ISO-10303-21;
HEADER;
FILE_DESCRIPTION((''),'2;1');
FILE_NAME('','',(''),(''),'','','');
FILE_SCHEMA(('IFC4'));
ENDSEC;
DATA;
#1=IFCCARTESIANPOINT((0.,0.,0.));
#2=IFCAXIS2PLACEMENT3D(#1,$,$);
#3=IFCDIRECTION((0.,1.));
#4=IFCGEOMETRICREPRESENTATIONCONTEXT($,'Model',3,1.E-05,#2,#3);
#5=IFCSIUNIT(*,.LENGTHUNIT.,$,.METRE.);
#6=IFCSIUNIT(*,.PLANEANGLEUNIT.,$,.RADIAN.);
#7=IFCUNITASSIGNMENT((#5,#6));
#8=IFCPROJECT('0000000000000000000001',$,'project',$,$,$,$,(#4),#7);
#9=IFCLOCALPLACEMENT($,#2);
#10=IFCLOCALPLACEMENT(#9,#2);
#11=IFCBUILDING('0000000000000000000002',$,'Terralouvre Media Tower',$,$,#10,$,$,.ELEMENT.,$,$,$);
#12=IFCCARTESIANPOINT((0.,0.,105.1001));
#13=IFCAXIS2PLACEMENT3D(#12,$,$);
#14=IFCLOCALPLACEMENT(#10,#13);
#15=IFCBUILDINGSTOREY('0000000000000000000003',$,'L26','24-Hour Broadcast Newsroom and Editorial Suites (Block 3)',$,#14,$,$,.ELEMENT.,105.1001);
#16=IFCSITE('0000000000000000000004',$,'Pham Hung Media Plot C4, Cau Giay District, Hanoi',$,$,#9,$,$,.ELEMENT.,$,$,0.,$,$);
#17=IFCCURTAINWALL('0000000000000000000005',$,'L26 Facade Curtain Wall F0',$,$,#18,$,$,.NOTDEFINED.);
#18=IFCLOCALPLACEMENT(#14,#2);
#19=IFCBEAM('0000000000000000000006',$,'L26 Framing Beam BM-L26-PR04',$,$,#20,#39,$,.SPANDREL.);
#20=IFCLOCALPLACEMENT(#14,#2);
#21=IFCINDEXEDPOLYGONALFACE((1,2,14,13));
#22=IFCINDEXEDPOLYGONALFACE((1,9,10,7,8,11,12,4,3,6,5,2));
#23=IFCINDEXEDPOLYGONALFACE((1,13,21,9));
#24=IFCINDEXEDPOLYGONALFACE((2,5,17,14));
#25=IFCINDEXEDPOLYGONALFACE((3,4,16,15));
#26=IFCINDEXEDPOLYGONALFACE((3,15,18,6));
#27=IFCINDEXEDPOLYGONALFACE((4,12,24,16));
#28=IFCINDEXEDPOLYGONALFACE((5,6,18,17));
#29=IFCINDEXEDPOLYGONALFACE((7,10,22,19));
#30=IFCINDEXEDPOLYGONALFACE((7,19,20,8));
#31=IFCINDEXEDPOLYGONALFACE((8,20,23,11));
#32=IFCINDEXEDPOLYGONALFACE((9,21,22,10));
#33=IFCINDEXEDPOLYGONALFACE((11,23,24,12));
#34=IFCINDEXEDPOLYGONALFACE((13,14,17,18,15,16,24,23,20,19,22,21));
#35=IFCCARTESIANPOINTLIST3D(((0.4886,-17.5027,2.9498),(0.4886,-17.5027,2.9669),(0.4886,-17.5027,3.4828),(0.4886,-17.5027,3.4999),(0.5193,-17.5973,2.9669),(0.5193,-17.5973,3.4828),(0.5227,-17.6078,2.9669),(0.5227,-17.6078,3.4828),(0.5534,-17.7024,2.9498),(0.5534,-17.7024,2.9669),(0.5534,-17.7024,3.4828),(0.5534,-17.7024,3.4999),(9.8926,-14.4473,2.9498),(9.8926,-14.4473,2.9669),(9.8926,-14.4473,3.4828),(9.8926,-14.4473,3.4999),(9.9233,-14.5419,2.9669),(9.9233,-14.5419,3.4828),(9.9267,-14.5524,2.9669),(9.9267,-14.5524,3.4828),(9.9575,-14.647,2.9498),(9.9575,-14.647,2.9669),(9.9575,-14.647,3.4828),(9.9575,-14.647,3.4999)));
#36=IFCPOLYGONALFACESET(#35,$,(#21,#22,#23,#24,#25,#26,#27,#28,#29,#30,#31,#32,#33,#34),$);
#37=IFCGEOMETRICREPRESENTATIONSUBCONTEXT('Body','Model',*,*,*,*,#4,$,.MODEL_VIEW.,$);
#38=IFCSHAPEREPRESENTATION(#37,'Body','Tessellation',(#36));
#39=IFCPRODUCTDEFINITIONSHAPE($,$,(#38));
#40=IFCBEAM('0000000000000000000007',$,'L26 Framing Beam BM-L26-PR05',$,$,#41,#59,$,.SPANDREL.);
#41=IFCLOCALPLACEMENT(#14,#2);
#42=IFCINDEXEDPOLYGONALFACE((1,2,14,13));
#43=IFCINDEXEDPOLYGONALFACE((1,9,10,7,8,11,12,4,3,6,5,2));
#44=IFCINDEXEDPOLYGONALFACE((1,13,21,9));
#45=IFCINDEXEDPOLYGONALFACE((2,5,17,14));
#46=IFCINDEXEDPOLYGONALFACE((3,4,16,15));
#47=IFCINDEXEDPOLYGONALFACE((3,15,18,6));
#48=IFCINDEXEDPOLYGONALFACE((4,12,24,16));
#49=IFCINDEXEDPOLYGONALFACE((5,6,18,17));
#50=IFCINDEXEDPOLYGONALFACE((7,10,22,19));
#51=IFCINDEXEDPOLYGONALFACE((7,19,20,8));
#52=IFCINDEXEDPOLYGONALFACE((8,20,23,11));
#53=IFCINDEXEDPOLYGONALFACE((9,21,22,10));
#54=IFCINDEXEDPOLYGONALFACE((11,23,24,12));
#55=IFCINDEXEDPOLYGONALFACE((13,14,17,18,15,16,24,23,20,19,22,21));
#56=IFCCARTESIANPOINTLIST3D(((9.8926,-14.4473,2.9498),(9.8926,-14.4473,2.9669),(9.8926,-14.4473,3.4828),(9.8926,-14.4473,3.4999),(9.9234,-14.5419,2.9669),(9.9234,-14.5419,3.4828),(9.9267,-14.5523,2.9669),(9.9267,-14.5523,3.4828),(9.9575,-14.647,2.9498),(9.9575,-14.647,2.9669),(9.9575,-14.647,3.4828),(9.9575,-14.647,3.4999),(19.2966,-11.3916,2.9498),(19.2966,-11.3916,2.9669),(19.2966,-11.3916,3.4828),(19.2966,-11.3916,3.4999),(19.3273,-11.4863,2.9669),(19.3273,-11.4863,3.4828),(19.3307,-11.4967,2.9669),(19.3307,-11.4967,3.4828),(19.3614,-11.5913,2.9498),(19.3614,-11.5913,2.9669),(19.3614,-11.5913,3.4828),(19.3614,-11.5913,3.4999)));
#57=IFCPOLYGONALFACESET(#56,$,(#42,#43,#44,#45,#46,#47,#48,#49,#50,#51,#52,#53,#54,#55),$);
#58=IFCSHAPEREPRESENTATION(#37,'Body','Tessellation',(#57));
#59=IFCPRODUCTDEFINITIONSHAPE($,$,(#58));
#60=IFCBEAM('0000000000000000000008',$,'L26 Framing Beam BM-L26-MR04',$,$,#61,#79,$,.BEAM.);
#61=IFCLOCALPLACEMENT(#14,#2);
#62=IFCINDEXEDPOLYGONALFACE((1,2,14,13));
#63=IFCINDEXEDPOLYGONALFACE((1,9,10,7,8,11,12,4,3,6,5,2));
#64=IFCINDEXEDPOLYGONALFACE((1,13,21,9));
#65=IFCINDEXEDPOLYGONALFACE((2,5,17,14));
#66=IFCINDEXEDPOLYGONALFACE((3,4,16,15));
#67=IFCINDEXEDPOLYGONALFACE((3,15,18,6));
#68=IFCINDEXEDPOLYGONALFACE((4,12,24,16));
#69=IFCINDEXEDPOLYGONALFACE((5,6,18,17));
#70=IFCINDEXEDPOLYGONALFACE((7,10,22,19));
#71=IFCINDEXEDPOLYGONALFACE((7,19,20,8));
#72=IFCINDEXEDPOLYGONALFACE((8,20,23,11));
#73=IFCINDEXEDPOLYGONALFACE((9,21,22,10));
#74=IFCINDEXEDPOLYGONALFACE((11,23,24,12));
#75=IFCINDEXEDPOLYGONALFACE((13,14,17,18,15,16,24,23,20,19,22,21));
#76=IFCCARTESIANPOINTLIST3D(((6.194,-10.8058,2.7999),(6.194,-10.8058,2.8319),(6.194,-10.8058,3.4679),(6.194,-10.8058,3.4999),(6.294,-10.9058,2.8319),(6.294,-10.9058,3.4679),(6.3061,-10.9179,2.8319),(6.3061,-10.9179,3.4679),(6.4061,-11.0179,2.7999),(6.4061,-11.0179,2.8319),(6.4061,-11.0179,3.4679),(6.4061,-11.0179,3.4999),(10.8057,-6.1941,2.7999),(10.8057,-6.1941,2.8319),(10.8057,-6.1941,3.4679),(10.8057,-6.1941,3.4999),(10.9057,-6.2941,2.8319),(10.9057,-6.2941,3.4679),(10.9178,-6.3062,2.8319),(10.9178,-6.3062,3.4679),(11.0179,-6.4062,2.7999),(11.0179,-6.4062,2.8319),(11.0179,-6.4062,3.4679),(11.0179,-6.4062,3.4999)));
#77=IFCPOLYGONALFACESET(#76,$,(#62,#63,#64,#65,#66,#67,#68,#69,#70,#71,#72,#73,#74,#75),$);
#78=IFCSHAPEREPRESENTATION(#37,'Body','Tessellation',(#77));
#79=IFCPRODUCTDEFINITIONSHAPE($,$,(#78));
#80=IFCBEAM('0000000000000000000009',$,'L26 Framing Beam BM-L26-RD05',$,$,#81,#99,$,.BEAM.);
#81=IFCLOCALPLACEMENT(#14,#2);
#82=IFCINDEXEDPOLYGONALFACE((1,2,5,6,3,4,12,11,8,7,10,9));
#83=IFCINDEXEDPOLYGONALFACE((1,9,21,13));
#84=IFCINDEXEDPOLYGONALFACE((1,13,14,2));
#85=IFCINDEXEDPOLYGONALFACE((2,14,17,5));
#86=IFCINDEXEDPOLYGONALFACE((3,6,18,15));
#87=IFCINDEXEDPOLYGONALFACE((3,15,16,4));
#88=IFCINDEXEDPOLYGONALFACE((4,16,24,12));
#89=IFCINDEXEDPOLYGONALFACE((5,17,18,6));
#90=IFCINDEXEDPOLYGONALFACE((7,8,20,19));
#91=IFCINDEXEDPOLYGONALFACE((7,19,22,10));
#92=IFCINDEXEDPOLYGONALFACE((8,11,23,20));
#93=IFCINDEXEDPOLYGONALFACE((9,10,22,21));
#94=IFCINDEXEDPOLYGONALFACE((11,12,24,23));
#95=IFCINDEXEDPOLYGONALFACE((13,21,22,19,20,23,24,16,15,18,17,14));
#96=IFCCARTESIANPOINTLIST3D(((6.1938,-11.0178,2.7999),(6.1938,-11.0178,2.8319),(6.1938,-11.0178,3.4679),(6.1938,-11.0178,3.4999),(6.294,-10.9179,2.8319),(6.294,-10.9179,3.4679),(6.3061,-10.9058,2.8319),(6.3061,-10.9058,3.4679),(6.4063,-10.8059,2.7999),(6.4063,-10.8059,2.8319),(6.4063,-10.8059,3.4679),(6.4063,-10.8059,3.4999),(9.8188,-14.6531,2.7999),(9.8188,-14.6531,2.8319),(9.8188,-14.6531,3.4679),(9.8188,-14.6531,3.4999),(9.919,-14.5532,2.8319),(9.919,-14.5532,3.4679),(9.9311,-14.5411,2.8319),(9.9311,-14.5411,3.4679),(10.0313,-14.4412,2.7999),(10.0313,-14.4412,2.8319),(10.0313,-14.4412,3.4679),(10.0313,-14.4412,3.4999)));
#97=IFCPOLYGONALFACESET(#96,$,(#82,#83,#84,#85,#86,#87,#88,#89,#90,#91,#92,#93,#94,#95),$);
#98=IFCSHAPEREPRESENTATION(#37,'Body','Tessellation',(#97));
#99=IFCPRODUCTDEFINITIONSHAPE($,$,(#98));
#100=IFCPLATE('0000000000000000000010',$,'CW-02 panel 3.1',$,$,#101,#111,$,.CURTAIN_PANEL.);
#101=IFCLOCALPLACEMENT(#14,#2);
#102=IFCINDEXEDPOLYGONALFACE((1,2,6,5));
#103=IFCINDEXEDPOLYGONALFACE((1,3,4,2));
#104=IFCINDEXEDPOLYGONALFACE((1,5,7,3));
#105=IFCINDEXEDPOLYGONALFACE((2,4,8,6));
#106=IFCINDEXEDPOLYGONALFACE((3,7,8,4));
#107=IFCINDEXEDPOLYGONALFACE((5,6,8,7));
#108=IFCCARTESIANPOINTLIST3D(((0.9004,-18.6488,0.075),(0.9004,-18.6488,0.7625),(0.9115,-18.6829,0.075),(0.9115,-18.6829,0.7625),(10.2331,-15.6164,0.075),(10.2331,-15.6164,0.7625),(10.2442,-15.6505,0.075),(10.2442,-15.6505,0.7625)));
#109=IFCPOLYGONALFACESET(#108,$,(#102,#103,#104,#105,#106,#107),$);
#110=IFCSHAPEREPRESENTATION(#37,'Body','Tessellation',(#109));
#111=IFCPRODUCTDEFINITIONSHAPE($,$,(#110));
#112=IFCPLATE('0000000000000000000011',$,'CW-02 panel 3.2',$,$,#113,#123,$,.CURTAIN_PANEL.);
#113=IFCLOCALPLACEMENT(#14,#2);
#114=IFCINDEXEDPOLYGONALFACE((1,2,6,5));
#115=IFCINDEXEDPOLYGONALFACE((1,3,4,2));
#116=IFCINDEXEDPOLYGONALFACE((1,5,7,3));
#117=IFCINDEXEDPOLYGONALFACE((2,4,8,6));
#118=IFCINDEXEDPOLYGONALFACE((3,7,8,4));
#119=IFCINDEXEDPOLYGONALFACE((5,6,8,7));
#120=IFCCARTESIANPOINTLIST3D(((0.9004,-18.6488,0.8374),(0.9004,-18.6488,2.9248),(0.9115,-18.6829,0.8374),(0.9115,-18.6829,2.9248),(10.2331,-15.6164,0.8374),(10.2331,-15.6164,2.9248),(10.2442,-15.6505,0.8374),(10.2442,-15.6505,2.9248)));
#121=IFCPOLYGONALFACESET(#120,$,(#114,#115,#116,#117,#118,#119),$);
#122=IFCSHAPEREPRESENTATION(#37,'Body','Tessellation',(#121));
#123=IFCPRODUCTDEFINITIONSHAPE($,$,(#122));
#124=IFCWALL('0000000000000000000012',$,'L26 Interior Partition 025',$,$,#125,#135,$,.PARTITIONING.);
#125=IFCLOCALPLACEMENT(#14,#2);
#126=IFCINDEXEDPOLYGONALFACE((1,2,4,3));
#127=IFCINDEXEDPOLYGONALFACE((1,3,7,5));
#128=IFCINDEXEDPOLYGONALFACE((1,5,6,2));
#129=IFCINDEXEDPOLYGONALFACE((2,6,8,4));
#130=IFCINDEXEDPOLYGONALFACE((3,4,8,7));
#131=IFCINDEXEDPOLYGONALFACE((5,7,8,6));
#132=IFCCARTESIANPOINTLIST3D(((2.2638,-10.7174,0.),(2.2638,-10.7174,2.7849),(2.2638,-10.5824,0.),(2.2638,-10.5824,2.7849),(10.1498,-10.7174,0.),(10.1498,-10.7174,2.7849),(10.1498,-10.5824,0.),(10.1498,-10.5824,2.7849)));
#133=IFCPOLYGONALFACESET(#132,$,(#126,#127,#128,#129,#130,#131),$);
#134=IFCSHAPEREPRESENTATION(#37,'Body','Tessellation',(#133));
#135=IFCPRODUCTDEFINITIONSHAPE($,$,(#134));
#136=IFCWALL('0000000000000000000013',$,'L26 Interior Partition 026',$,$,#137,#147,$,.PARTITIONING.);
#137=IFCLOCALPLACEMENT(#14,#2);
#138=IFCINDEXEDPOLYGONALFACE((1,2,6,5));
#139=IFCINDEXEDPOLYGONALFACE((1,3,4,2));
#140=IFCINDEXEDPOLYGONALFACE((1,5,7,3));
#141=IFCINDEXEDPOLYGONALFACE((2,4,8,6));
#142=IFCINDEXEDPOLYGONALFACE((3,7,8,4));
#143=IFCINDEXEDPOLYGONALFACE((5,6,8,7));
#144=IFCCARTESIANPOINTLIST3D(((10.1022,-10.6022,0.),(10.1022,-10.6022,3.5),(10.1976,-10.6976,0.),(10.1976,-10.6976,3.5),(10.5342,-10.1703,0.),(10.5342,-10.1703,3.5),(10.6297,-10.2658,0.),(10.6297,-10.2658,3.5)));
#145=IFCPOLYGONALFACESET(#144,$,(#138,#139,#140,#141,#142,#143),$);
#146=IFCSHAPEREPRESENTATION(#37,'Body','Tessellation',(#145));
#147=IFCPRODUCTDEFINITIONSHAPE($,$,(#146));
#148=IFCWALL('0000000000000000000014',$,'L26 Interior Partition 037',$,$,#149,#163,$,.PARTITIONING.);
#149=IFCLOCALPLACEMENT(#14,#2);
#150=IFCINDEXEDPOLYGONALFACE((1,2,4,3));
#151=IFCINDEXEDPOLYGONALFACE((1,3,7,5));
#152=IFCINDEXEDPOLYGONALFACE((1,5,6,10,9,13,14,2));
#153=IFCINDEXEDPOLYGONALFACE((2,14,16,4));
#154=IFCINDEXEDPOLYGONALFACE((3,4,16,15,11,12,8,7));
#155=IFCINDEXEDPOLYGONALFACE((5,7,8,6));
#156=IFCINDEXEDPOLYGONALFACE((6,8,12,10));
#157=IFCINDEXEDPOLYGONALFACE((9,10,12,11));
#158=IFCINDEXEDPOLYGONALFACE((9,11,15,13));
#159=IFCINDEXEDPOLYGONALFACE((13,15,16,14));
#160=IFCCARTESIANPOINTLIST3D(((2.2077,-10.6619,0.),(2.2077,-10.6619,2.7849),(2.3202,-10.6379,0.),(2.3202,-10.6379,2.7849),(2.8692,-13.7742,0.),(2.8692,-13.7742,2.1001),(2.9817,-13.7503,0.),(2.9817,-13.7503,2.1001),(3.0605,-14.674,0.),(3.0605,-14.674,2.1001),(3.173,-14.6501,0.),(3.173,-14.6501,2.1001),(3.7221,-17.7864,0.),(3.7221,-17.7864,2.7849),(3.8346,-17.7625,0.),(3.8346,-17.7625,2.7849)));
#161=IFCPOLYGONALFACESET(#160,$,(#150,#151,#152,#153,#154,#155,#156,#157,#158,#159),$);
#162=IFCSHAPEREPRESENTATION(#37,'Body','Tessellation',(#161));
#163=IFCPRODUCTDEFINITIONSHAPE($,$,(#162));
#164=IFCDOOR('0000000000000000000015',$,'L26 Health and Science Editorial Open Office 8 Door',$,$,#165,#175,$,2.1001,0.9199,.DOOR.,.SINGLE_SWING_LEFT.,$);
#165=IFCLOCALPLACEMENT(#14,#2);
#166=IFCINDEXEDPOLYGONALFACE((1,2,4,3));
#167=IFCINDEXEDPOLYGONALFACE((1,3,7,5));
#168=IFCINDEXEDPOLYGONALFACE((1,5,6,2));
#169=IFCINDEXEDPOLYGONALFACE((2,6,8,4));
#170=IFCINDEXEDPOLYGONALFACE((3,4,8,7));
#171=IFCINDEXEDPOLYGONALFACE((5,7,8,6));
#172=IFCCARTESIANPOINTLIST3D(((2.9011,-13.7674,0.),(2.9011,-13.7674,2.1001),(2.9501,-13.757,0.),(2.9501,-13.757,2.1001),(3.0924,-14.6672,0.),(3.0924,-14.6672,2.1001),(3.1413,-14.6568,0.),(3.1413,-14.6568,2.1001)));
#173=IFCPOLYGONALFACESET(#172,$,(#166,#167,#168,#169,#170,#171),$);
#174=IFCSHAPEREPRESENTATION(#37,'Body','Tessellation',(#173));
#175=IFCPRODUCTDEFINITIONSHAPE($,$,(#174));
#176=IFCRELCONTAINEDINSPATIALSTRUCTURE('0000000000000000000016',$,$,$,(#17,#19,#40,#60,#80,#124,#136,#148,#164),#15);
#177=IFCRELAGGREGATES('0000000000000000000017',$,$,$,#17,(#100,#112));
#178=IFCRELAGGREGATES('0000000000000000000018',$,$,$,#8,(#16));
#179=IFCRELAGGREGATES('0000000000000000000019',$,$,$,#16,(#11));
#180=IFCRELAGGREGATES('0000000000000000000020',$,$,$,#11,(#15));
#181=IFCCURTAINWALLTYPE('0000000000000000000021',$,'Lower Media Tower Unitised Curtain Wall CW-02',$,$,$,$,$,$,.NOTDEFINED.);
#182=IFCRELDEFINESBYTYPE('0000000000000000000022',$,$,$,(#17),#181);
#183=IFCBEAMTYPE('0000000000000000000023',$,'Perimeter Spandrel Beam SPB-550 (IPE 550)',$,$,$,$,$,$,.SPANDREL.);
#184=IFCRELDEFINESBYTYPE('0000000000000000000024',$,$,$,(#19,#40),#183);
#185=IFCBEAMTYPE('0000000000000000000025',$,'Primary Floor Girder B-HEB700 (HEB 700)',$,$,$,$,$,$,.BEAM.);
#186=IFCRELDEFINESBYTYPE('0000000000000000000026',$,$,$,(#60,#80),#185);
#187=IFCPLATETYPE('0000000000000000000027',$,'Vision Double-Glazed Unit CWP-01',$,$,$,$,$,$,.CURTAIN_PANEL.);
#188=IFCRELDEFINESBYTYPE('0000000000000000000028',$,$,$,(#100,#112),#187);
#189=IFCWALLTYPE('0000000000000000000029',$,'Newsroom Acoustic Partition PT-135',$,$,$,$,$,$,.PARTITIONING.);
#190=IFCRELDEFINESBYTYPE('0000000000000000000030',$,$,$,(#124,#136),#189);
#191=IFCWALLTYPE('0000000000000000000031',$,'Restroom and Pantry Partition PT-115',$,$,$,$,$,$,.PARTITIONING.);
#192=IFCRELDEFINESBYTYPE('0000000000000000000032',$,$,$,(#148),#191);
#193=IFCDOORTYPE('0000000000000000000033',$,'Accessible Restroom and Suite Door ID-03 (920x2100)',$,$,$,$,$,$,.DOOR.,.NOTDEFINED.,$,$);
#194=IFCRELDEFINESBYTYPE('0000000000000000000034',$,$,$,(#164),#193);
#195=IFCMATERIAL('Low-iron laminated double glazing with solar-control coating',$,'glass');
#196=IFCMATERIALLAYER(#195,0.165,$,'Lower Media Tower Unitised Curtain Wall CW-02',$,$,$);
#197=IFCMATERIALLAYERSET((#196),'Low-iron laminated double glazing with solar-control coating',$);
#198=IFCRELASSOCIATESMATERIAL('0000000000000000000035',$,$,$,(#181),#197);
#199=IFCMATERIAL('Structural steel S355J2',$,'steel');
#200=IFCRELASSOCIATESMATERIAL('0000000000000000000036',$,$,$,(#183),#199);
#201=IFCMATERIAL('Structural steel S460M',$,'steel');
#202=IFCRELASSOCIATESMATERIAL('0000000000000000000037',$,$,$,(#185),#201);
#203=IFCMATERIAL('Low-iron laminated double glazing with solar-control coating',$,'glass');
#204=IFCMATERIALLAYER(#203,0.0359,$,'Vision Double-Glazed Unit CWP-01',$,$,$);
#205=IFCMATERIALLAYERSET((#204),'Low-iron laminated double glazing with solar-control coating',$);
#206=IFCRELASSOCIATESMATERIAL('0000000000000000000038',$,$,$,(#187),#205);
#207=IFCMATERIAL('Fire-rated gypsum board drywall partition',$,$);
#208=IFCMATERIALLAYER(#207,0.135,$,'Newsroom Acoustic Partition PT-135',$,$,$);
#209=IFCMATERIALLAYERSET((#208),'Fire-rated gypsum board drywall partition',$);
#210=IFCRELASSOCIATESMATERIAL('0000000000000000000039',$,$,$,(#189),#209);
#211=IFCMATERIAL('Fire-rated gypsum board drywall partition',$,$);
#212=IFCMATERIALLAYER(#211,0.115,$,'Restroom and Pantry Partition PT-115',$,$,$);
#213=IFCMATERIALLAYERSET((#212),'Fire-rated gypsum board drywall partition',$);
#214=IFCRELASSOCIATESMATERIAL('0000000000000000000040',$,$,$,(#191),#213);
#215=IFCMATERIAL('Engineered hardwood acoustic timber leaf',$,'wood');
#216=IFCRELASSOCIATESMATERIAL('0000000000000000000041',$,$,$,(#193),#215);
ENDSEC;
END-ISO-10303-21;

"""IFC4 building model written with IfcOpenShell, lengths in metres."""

from ifc_helpers import new_model, si_unit, direction, frame, frame_2d, origin, origin_2d, place, context, subcontext, project, spatial, rectangle, i_section, extrude, material, layer, layer_set, material_profile, profile_set, type_object, element, fill, aggregate, save


model = new_model("IFC4")

# Units and contexts
model_context = context("Model", 3, precision=1e-05, world=origin(), true_north=direction((0.0, 1.0)))
body_context = subcontext(model_context, "Body", "Model", "MODEL_VIEW")
ifc_project = project(units=[si_unit("LENGTHUNIT", "METRE"), si_unit("PLANEANGLEUNIT", "RADIAN")], contexts=[model_context])

# Site, building, storey
site_placement = place(None, origin())
site = spatial("IfcSite", under=ifc_project, at=site_placement, Name="Pham Hung Media Plot C4, Cau Giay District, Hanoi", CompositionType="ELEMENT", RefElevation=0.0)
building_placement = place(site_placement, origin())
building = spatial("IfcBuilding", under=site, at=building_placement, Name="Terralouvre Media Tower", CompositionType="ELEMENT")
storey_placement = place(building_placement, frame((0.0, 0.0, 105.1001)))
storey = spatial("IfcBuildingStorey", under=building, at=storey_placement, Name="L26", Description="24-Hour Broadcast Newsroom and Editorial Suites (Block 3)", CompositionType="ELEMENT", Elevation=105.1001)

# Curtain wall
ifc_material_1 = material(Name="Low-iron laminated double glazing with solar-control coating", Category="glass")
ifc_layer_1 = layer(ifc_material_1, 0.165, Name="Lower Media Tower Unitised Curtain Wall CW-02")
ifc_layer_set_1 = layer_set([ifc_layer_1], Name="Low-iron laminated double glazing with solar-control coating")
curtain_wall_type = type_object("IfcCurtainWallType", Name="Lower Media Tower Unitised Curtain Wall CW-02", PredefinedType="NOTDEFINED", material=ifc_layer_set_1)
curtain_wall_placement = place(storey_placement, origin())
curtain_wall = element("IfcCurtainWall", 1, at=curtain_wall_placement, inside=storey, type_object=curtain_wall_type, Name="L26 Facade Curtain Wall F0", PredefinedType="NOTDEFINED")

# Beams
ifc_material_2 = material(Name="Structural steel S355J2", Category="steel")
ifc_material_profile_1 = material_profile(ifc_material_2, i_section(OverallWidth=0.21, OverallDepth=0.55, WebThickness=0.011, FlangeThickness=0.0171, at=origin_2d()), Name="IPE 550")
ifc_profile_set_1 = profile_set([ifc_material_profile_1], Name="Structural steel S355J2")
beam_type_1 = type_object("IfcBeamType", Name="Perimeter Spandrel Beam SPB-550 (IPE 550)", PredefinedType="SPANDREL", material=ifc_profile_set_1)
for number, where, z_axis, x_axis, name in (
    (2, (0.521, -17.6025, 3.2249), (0.951061, 0.309004, 0.0), (-0.309004, 0.951061, 0.0), "L26 Framing Beam BM-L26-PR04"),
    (3, (9.925, -14.5471, 3.2249), (0.951053, 0.309026, 0.0), (-0.309026, 0.951053, 0.0), "L26 Framing Beam BM-L26-PR05"),
):
    element("IfcBeam", number, at=place(storey_placement, frame(where, z_axis=z_axis, x_axis=x_axis)), inside=storey, type_object=beam_type_1, Name=name, PredefinedType="SPANDREL", context=body_context, shape_type="SweptSolid", body=[
        extrude(i_section(OverallWidth=0.21, OverallDepth=0.55, WebThickness=0.011, FlangeThickness=0.0171, at=origin_2d()), origin(), (0.0, 0.0, 1.0), 9.8879),
    ])
ifc_material_3 = material(Name="Structural steel S460M", Category="steel")
ifc_material_profile_2 = material_profile(ifc_material_3, i_section(OverallWidth=0.3, OverallDepth=0.7, WebThickness=0.0171, FlangeThickness=0.032, at=origin_2d()), Name="HEB 700")
ifc_profile_set_2 = profile_set([ifc_material_profile_2], Name="Structural steel S460M")
beam_type_2 = type_object("IfcBeamType", Name="Primary Floor Girder B-HEB700 (HEB 700)", PredefinedType="BEAM", material=ifc_profile_set_2)
beam_1_placement = place(storey_placement, frame((6.3, -10.9119, 3.1499), z_axis=(0.707107, 0.707107, 0.0), x_axis=(-0.707107, 0.707107, 0.0)))
element("IfcBeam", 4, at=beam_1_placement, inside=storey, type_object=beam_type_2, Name="L26 Framing Beam BM-L26-MR04", PredefinedType="BEAM", context=body_context, shape_type="SweptSolid", body=[
    extrude(i_section(OverallWidth=0.3, OverallDepth=0.7, WebThickness=0.0171, FlangeThickness=0.032, at=origin_2d()), origin(), (0.0, 0.0, 1.0), 6.522),
])
beam_2_placement = place(storey_placement, frame((6.3, -10.9119, 3.1499), z_axis=(0.706107, -0.708105, 0.0), x_axis=(0.708105, 0.706107, 0.0)))
element("IfcBeam", 5, at=beam_2_placement, inside=storey, type_object=beam_type_2, Name="L26 Framing Beam BM-L26-RD05", PredefinedType="BEAM", context=body_context, shape_type="SweptSolid", body=[
    extrude(i_section(OverallWidth=0.3, OverallDepth=0.7, WebThickness=0.0171, FlangeThickness=0.032, at=origin_2d()), origin(), (0.0, 0.0, 1.0), 5.1338),
])

# Plates
ifc_material_4 = material(Name="Low-iron laminated double glazing with solar-control coating", Category="glass")
ifc_layer_2 = layer(ifc_material_4, 0.0359, Name="Vision Double-Glazed Unit CWP-01")
ifc_layer_set_2 = layer_set([ifc_layer_2], Name="Low-iron laminated double glazing with solar-control coating")
plate_type = type_object("IfcPlateType", Name="Vision Double-Glazed Unit CWP-01", PredefinedType="CURTAIN_PANEL", material=ifc_layer_set_2)
plate_1_placement = place(storey_placement, frame((5.5723, -17.1497, 0.075), z_axis=(0.0, 0.0, 1.0), x_axis=(0.951057, 0.309017, 0.0)))
plate_1 = element("IfcPlate", 6, at=plate_1_placement, type_object=plate_type, Name="CW-02 panel 3.1", PredefinedType="CURTAIN_PANEL", context=body_context, shape_type="SweptSolid", body=[
    extrude(rectangle(XDim=9.813, YDim=0.0359, at=origin_2d()), origin(), (0.0, 0.0, 1.0), 0.6875),
])
plate_2_placement = place(storey_placement, frame((5.5723, -17.1497, 0.8374), z_axis=(0.0, 0.0, 1.0), x_axis=(0.951057, 0.309017, 0.0)))
plate_2 = element("IfcPlate", 7, at=plate_2_placement, type_object=plate_type, Name="CW-02 panel 3.2", PredefinedType="CURTAIN_PANEL", context=body_context, shape_type="SweptSolid", body=[
    extrude(rectangle(XDim=9.813, YDim=0.0359, at=origin_2d()), origin(), (0.0, 0.0, 1.0), 2.0874),
])
aggregate(curtain_wall, [plate_1, plate_2])

# Walls
ifc_material_5 = material(Name="Fire-rated gypsum board drywall partition")
ifc_layer_3 = layer(ifc_material_5, 0.135, Name="Newsroom Acoustic Partition PT-135")
ifc_layer_set_3 = layer_set([ifc_layer_3], Name="Fire-rated gypsum board drywall partition")
wall_type_1 = type_object("IfcWallType", Name="Newsroom Acoustic Partition PT-135", PredefinedType="PARTITIONING", material=ifc_layer_set_3)
wall_1_placement = place(storey_placement, frame((2.2639, -10.6499, 0.0), z_axis=(0.0, 0.0, 1.0), x_axis=(1.0, 0.0, 0.0)))
element("IfcWall", 8, at=wall_1_placement, inside=storey, type_object=wall_type_1, Name="L26 Interior Partition 025", PredefinedType="PARTITIONING", context=body_context, shape_type="SweptSolid", body=[
    extrude(rectangle(XDim=7.886, YDim=0.135, at=frame_2d((3.9429, 0.0))), origin(), (0.0, 0.0, 1.0), 2.7849),
])
wall_2_placement = place(storey_placement, frame((10.1499, -10.6499, 0.0), z_axis=(0.0, 0.0, 1.0), x_axis=(0.707307, 0.706907, 0.0)))
element("IfcWall", 9, at=wall_2_placement, inside=storey, type_object=wall_type_1, Name="L26 Interior Partition 026", PredefinedType="PARTITIONING", context=body_context, shape_type="SweptSolid", body=[
    extrude(rectangle(XDim=0.6108, YDim=0.135, at=frame_2d((0.3054, 0.0))), origin(), (0.0, 0.0, 1.0), 3.5),
])

# Wall, opening, door
ifc_material_6 = material(Name="Fire-rated gypsum board drywall partition")
ifc_layer_4 = layer(ifc_material_6, 0.115, Name="Restroom and Pantry Partition PT-115")
ifc_layer_set_4 = layer_set([ifc_layer_4], Name="Fire-rated gypsum board drywall partition")
wall_type_2 = type_object("IfcWallType", Name="Restroom and Pantry Partition PT-115", PredefinedType="PARTITIONING", material=ifc_layer_set_4)
wall_3_placement = place(storey_placement, frame((3.7783, -17.7744, 0.0), z_axis=(0.0, 0.0, 1.0), x_axis=(-0.207917, 0.978146, 0.0)))
wall_3 = element("IfcWall", 10, at=wall_3_placement, inside=storey, type_object=wall_type_2, Name="L26 Interior Partition 037", PredefinedType="PARTITIONING", context=body_context, shape_type="SweptSolid", body=[
    extrude(rectangle(XDim=7.2837, YDim=0.115, at=frame_2d((3.6418, 0.0))), origin(), (0.0, 0.0, 1.0), 2.7849),
])
opening_placement = place(wall_3_placement, frame((3.1819, 0.0, 0.0)))
opening = element("IfcOpeningElement", 11, at=opening_placement, cuts=wall_3, PredefinedType="OPENING", context=body_context, shape_type="SweptSolid", body=[
    extrude(rectangle(XDim=0.9199, YDim=2.1001, at=frame_2d((0.46, 1.05))), frame((0.0, 0.0674, 0.0), z_axis=(0.0, -1.0, 0.0), x_axis=(1.0, 0.0, 0.0)), (0.0, 0.0, 1.0), 0.135),
])
ifc_material_7 = material(Name="Engineered hardwood acoustic timber leaf", Category="wood")
door_type = type_object("IfcDoorType", Name="Accessible Restroom and Suite Door ID-03 (920x2100)", OperationType="NOTDEFINED", PredefinedType="DOOR", material=ifc_material_7)
door_placement = place(opening_placement, origin())
door = element("IfcDoor", 12, at=door_placement, inside=storey, type_object=door_type, Name="L26 Health and Science Editorial Open Office 8 Door", OperationType="SINGLE_SWING_LEFT", OverallHeight=2.1001, OverallWidth=0.9199, PredefinedType="DOOR", context=body_context, shape_type="SweptSolid", body=[
    extrude(rectangle(XDim=0.9199, YDim=2.1001, at=frame_2d((0.46, 1.05))), frame((0.0, 0.0249, 0.0), z_axis=(0.0, -1.0, 0.0), x_axis=(1.0, 0.0, 0.0)), (0.0, 0.0, 1.0), 0.05),
])
fill(opening, door)

save(model, "model.ifc")
